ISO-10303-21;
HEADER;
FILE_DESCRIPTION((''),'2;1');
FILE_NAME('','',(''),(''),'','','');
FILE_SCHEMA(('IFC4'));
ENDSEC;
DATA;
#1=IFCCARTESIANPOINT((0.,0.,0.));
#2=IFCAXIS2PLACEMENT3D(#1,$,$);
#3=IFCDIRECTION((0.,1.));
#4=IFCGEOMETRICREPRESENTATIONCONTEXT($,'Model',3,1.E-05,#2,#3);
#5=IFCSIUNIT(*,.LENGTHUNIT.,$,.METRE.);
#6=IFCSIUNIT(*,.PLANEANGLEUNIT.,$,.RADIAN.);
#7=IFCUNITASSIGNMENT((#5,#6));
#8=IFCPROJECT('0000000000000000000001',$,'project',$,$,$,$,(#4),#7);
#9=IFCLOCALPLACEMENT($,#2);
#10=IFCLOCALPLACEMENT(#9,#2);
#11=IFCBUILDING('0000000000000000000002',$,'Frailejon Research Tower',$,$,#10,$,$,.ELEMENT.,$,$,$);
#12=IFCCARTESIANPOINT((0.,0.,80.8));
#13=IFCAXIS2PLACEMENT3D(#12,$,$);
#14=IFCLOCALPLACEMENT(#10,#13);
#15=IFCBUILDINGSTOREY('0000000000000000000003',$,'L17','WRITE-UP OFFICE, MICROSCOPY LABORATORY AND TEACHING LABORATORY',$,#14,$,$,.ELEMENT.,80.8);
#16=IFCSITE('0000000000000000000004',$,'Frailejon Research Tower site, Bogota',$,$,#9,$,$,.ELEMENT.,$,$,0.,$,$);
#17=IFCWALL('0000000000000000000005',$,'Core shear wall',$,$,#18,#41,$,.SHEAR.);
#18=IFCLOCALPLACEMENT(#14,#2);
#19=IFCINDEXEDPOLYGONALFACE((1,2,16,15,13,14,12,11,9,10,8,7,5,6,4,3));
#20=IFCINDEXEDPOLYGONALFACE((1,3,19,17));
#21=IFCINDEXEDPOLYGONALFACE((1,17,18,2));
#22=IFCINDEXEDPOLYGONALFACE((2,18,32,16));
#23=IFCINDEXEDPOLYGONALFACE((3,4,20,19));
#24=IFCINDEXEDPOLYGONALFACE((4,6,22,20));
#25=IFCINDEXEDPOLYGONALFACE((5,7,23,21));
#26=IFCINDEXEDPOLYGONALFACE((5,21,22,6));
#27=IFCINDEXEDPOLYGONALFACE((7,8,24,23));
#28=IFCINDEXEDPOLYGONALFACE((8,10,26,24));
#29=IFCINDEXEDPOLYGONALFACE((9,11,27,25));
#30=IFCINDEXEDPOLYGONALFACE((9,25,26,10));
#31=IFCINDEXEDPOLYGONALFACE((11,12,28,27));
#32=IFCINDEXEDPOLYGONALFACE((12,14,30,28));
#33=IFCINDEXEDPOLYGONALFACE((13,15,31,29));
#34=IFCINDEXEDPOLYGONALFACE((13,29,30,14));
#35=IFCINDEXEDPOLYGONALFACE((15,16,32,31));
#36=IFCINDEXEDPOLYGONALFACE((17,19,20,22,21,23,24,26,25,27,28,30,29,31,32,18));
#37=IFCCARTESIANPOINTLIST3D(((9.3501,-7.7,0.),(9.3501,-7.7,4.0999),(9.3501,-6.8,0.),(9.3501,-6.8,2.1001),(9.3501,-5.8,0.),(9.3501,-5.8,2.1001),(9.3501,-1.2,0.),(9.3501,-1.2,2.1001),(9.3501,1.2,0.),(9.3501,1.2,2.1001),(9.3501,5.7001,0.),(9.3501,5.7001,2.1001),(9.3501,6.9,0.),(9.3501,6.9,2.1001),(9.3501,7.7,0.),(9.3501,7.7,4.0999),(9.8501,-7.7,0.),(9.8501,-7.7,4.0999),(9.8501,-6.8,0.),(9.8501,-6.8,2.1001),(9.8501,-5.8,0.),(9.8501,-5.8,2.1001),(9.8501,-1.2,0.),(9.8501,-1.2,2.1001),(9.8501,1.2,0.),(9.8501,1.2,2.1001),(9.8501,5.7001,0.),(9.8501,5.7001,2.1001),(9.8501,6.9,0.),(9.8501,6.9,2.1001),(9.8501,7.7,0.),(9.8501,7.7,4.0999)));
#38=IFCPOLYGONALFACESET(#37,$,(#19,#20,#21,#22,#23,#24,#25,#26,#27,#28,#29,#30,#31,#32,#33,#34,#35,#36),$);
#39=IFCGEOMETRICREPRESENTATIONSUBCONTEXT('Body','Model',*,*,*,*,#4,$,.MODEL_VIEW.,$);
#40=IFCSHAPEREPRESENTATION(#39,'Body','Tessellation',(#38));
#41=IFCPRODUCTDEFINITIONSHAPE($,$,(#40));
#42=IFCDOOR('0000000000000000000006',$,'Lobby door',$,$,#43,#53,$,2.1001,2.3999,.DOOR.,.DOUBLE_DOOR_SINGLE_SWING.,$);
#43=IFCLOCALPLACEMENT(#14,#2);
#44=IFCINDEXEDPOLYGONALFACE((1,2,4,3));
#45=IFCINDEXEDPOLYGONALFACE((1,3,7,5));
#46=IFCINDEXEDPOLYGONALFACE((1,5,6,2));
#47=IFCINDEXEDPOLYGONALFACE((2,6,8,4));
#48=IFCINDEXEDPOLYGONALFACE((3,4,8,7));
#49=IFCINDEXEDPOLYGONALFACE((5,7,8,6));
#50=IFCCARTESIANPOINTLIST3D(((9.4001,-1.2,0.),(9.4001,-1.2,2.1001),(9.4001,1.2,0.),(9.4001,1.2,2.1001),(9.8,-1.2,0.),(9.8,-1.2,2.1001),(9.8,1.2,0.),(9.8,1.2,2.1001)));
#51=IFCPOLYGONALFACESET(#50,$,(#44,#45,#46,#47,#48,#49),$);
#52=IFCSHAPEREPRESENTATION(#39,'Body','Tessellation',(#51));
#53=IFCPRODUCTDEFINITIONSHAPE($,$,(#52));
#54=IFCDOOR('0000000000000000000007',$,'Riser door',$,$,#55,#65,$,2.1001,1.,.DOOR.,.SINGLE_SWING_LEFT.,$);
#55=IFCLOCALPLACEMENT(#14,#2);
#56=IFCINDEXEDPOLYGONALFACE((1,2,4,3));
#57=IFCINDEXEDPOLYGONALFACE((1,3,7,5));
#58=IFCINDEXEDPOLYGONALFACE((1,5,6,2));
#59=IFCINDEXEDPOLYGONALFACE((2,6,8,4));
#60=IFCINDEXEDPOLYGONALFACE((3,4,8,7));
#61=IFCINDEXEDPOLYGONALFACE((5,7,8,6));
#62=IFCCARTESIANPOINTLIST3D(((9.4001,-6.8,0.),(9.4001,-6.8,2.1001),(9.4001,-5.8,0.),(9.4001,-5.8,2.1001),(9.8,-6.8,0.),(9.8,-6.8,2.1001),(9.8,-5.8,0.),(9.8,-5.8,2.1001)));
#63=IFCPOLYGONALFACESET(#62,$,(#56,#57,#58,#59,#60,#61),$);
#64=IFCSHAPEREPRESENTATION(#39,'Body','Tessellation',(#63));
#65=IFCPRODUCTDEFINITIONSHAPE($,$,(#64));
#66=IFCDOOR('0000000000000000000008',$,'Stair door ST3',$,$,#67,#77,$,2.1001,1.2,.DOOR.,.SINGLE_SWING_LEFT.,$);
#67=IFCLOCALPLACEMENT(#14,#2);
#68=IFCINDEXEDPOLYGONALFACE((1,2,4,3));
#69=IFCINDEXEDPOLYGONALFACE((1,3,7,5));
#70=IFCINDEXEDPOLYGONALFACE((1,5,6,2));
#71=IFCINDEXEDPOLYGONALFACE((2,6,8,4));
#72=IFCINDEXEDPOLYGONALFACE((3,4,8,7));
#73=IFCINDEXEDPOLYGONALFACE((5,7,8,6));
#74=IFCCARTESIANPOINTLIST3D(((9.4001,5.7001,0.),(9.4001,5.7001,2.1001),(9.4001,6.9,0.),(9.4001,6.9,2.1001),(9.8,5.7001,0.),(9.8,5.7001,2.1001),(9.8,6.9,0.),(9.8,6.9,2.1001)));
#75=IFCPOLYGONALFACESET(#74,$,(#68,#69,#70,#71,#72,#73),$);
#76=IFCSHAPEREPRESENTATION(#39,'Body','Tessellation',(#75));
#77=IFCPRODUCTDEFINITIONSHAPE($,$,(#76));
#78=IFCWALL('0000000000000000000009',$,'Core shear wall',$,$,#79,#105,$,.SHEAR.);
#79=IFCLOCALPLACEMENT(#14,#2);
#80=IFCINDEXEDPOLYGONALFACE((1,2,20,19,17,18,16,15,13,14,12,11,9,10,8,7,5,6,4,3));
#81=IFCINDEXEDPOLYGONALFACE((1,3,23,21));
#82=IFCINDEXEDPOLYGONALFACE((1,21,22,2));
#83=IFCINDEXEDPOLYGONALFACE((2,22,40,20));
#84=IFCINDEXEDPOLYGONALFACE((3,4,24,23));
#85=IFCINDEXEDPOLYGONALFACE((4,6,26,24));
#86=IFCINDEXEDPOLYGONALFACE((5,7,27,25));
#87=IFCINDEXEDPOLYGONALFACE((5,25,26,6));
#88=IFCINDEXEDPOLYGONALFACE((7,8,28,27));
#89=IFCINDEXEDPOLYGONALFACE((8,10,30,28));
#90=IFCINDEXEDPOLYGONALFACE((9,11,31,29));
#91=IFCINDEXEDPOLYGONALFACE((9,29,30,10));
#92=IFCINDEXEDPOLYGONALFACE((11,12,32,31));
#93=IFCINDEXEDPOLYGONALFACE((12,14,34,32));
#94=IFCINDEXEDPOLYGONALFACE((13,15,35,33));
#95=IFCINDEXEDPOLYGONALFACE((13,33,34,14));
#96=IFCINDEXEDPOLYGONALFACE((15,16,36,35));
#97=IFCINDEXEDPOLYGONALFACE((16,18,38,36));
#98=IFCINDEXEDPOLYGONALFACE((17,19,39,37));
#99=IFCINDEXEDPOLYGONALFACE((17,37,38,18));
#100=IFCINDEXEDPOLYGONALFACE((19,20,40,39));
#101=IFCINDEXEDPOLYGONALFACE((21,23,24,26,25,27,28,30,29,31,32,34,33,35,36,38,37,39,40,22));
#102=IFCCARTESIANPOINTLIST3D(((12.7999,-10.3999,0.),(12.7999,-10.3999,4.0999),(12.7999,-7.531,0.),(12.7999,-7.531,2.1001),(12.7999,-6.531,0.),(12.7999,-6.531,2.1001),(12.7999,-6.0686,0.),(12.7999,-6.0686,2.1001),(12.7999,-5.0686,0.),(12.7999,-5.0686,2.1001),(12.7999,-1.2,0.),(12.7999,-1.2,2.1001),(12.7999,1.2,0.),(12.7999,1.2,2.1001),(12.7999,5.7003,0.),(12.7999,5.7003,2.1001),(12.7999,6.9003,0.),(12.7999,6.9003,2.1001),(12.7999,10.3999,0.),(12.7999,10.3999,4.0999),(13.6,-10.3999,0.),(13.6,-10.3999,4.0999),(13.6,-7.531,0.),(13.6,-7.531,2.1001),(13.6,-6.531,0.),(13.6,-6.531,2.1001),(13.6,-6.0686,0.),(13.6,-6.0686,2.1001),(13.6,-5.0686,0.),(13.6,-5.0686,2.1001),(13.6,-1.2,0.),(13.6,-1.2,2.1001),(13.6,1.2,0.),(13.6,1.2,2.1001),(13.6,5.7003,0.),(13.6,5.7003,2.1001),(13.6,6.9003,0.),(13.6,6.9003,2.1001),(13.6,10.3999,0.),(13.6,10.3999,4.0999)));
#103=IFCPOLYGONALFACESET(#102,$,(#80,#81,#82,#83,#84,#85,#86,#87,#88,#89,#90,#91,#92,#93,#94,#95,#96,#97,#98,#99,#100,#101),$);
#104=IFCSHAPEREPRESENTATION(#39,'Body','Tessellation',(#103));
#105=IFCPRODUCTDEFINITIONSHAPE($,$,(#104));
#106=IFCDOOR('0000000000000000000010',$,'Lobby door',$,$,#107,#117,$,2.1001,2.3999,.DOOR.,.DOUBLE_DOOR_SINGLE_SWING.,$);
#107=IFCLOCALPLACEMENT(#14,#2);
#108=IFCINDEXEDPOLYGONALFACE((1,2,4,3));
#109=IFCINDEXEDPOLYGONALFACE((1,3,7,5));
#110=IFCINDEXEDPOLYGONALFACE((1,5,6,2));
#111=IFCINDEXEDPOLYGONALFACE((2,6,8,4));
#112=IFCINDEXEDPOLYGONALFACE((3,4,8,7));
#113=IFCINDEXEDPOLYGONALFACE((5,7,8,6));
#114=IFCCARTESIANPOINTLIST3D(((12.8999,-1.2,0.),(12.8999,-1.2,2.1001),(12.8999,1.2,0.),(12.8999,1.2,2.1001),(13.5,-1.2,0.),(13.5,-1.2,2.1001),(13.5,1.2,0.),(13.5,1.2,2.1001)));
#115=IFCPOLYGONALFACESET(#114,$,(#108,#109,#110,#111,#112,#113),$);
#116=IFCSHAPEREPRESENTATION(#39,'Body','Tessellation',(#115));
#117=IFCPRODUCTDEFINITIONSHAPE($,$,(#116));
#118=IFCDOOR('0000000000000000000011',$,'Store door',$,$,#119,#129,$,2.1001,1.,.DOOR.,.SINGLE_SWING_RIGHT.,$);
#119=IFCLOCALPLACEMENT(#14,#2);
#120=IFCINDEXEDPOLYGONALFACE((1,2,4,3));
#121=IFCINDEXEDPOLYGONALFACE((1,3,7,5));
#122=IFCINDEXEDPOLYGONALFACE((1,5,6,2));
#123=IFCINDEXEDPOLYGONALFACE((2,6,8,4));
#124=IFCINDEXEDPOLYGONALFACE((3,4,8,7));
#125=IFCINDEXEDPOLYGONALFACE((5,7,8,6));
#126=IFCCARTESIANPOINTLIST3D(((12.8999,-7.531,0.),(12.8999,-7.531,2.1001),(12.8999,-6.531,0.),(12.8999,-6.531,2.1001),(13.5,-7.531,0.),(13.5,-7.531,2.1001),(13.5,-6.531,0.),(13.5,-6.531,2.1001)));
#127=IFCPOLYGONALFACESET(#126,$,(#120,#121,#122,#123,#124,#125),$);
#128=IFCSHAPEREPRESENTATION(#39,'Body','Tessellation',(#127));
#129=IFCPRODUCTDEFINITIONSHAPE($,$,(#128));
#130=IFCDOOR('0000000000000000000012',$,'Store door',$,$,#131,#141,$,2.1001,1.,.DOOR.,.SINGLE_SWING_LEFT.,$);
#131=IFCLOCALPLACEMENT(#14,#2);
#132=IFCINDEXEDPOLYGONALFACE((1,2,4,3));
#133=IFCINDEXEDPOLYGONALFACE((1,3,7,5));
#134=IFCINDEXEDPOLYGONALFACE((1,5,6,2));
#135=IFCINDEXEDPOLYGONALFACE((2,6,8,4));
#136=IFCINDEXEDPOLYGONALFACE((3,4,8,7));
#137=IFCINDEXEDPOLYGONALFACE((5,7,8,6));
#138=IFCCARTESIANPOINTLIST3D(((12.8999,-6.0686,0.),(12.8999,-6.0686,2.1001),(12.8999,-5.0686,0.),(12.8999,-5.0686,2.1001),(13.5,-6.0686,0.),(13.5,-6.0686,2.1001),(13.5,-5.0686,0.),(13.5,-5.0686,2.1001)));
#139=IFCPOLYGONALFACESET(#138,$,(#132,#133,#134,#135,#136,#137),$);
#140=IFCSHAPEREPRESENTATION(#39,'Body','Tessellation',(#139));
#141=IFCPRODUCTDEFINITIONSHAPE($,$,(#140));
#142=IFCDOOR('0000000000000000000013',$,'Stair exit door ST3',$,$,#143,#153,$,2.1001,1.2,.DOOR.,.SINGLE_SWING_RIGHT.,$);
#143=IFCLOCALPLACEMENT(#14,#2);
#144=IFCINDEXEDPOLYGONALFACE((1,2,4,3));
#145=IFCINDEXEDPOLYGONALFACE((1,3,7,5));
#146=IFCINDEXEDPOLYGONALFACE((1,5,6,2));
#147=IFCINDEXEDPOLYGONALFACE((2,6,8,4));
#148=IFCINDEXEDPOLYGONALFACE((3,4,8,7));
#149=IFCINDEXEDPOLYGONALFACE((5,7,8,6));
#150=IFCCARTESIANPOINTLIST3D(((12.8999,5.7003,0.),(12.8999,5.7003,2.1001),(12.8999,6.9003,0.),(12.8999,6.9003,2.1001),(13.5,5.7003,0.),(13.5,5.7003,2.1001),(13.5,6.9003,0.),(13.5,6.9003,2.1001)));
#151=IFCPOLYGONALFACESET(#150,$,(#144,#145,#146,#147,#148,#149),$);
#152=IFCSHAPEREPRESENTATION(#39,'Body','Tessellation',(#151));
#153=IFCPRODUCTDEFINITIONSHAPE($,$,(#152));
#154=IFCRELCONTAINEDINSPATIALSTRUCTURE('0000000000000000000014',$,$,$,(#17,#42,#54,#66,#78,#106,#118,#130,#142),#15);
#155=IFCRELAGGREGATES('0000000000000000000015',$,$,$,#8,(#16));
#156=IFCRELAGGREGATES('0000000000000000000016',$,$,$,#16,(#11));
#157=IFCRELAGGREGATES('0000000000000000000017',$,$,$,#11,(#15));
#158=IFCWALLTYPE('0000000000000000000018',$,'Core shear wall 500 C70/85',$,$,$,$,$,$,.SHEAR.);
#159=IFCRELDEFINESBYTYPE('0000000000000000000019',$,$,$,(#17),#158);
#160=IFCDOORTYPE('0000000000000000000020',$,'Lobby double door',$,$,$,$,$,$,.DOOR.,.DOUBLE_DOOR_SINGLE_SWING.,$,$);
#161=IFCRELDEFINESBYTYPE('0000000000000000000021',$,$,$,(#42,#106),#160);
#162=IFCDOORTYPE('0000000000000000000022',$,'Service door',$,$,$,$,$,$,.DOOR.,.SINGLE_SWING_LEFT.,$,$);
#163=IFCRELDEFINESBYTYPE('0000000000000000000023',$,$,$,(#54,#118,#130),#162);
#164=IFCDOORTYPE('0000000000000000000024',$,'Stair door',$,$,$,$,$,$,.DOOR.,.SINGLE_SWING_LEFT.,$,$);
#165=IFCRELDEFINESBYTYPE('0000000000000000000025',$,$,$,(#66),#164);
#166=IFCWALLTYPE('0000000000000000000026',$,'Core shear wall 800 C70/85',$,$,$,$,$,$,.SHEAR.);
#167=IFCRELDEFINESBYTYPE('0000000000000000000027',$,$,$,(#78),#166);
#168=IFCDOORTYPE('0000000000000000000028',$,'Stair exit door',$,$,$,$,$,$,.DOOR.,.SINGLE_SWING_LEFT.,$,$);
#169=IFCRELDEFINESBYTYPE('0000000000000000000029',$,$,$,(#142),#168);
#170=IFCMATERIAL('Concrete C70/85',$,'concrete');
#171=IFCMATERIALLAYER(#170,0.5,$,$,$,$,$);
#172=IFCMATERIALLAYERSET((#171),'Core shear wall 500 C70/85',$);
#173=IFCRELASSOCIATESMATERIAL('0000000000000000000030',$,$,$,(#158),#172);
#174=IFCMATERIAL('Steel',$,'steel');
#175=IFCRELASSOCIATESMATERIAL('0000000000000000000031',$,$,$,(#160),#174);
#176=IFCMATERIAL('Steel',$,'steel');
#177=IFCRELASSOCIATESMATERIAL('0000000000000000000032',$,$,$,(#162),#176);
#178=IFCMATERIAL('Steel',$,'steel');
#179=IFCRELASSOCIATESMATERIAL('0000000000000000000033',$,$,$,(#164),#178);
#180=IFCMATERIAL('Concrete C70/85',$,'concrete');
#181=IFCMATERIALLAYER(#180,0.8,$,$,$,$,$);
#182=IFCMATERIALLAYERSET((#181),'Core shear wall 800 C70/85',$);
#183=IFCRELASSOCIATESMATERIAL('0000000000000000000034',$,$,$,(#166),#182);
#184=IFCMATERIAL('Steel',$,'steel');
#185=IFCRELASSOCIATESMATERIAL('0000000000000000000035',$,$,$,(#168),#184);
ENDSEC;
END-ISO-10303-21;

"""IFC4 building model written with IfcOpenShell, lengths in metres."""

from ifc_helpers import new_model, si_unit, direction, frame, frame_2d, origin, place, context, subcontext, project, spatial, rectangle, extrude, material, layer, layer_set, type_object, element, fill, save


model = new_model("IFC4")

# Units and contexts
model_context = context("Model", 3, precision=1e-05, world=origin(), true_north=direction((0.0, 1.0)))
body_context = subcontext(model_context, "Body", "Model", "MODEL_VIEW")
ifc_project = project(units=[si_unit("LENGTHUNIT", "METRE"), si_unit("PLANEANGLEUNIT", "RADIAN")], contexts=[model_context])

# Site, building, storey
site_placement = place(None, origin())
site = spatial("IfcSite", under=ifc_project, at=site_placement, Name="Frailejon Research Tower site, Bogota", CompositionType="ELEMENT", RefElevation=0.0)
building_placement = place(site_placement, origin())
building = spatial("IfcBuilding", under=site, at=building_placement, Name="Frailejon Research Tower", CompositionType="ELEMENT")
storey_placement = place(building_placement, frame((0.0, 0.0, 80.8)))
storey = spatial("IfcBuildingStorey", under=building, at=storey_placement, Name="L17", Description="WRITE-UP OFFICE, MICROSCOPY LABORATORY AND TEACHING LABORATORY", CompositionType="ELEMENT", Elevation=80.8)

# Walls, openings, doors
ifc_material_1 = material(Name="Concrete C70/85", Category="concrete")
ifc_layer_1 = layer(ifc_material_1, 0.5)
ifc_layer_set_1 = layer_set([ifc_layer_1], Name="Core shear wall 500 C70/85")
wall_type_1 = type_object("IfcWallType", Name="Core shear wall 500 C70/85", PredefinedType="SHEAR", material=ifc_layer_set_1)
wall_1_placement = place(storey_placement, frame((9.6001, -7.7, 0.0), z_axis=(0.0, 0.0, 1.0), x_axis=(0.0, 1.0, 0.0)))
wall_1 = element("IfcWall", 1, at=wall_1_placement, inside=storey, type_object=wall_type_1, Name="Core shear wall", PredefinedType="SHEAR", context=body_context, shape_type="SweptSolid", body=[
    extrude(rectangle(XDim=15.3999, YDim=0.5, at=frame_2d((7.7, 0.0))), origin(), (0.0, 0.0, 1.0), 4.0999),
])
opening_1_placement = place(wall_1_placement, frame((6.5, 0.0, 0.0)))
opening_1 = element("IfcOpeningElement", 2, at=opening_1_placement, cuts=wall_1, PredefinedType="OPENING", context=body_context, shape_type="SweptSolid", body=[
    extrude(rectangle(XDim=2.3999, YDim=2.1001, at=frame_2d((1.2, 1.05))), frame((0.0, 0.26, 0.0), z_axis=(0.0, -1.0, 0.0), x_axis=(1.0, 0.0, 0.0)), (0.0, 0.0, 1.0), 0.52),
])
opening_2_placement = place(wall_1_placement, frame((13.3999, 0.0, 0.0)))
opening_2 = element("IfcOpeningElement", 3, at=opening_2_placement, cuts=wall_1, PredefinedType="OPENING", context=body_context, shape_type="SweptSolid", body=[
    extrude(rectangle(XDim=1.2, YDim=2.1001, at=frame_2d((0.6001, 1.05))), frame((0.0, 0.26, 0.0), z_axis=(0.0, -1.0, 0.0), x_axis=(1.0, 0.0, 0.0)), (0.0, 0.0, 1.0), 0.52),
])
opening_3_placement = place(wall_1_placement, frame((0.8999, 0.0, 0.0)))
opening_3 = element("IfcOpeningElement", 4, at=opening_3_placement, cuts=wall_1, PredefinedType="OPENING", context=body_context, shape_type="SweptSolid", body=[
    extrude(rectangle(XDim=1.0, YDim=2.1001, at=frame_2d((0.5, 1.05))), frame((0.0, 0.26, 0.0), z_axis=(0.0, -1.0, 0.0), x_axis=(1.0, 0.0, 0.0)), (0.0, 0.0, 1.0), 0.52),
])
ifc_material_2 = material(Name="Steel", Category="steel")
door_type_1 = type_object("IfcDoorType", Name="Lobby double door", OperationType="DOUBLE_DOOR_SINGLE_SWING", PredefinedType="DOOR", material=ifc_material_2)
door_1_placement = place(opening_1_placement, origin())
door_1 = element("IfcDoor", 5, at=door_1_placement, inside=storey, type_object=door_type_1, Name="Lobby door", OperationType="DOUBLE_DOOR_SINGLE_SWING", OverallHeight=2.1001, OverallWidth=2.3999, PredefinedType="DOOR", context=body_context, shape_type="SweptSolid", body=[
    extrude(rectangle(XDim=2.3999, YDim=2.1001, at=frame_2d((1.2, 1.05))), frame((0.0, 0.2, 0.0), z_axis=(0.0, -1.0, 0.0), x_axis=(1.0, 0.0, 0.0)), (0.0, 0.0, 1.0), 0.3999),
])
fill(opening_1, door_1)
ifc_material_3 = material(Name="Steel", Category="steel")
door_type_2 = type_object("IfcDoorType", Name="Service door", OperationType="SINGLE_SWING_LEFT", PredefinedType="DOOR", material=ifc_material_3)
door_2_placement = place(opening_3_placement, origin())
door_2 = element("IfcDoor", 6, at=door_2_placement, inside=storey, type_object=door_type_2, Name="Riser door", OperationType="SINGLE_SWING_LEFT", OverallHeight=2.1001, OverallWidth=1.0, PredefinedType="DOOR", context=body_context, shape_type="SweptSolid", body=[
    extrude(rectangle(XDim=1.0, YDim=2.1001, at=frame_2d((0.5, 1.05))), frame((0.0, 0.2, 0.0), z_axis=(0.0, -1.0, 0.0), x_axis=(1.0, 0.0, 0.0)), (0.0, 0.0, 1.0), 0.3999),
])
fill(opening_3, door_2)
ifc_material_4 = material(Name="Steel", Category="steel")
door_type_3 = type_object("IfcDoorType", Name="Stair door", OperationType="SINGLE_SWING_LEFT", PredefinedType="DOOR", material=ifc_material_4)
door_3_placement = place(opening_2_placement, origin())
door_3 = element("IfcDoor", 7, at=door_3_placement, inside=storey, type_object=door_type_3, Name="Stair door ST3", OperationType="SINGLE_SWING_LEFT", OverallHeight=2.1001, OverallWidth=1.2, PredefinedType="DOOR", context=body_context, shape_type="SweptSolid", body=[
    extrude(rectangle(XDim=1.2, YDim=2.1001, at=frame_2d((0.6001, 1.05))), frame((0.0, 0.2, 0.0), z_axis=(0.0, -1.0, 0.0), x_axis=(1.0, 0.0, 0.0)), (0.0, 0.0, 1.0), 0.3999),
])
fill(opening_2, door_3)
ifc_material_5 = material(Name="Concrete C70/85", Category="concrete")
ifc_layer_2 = layer(ifc_material_5, 0.8)
ifc_layer_set_2 = layer_set([ifc_layer_2], Name="Core shear wall 800 C70/85")
wall_type_2 = type_object("IfcWallType", Name="Core shear wall 800 C70/85", PredefinedType="SHEAR", material=ifc_layer_set_2)
wall_2_placement = place(storey_placement, frame((13.2, -10.3999, 0.0), z_axis=(0.0, 0.0, 1.0), x_axis=(0.0, 1.0, 0.0)))
wall_2 = element("IfcWall", 8, at=wall_2_placement, inside=storey, type_object=wall_type_2, Name="Core shear wall", PredefinedType="SHEAR", context=body_context, shape_type="SweptSolid", body=[
    extrude(rectangle(XDim=20.7998, YDim=0.8, at=frame_2d((10.3999, 0.0))), origin(), (0.0, 0.0, 1.0), 4.0999),
])
opening_4_placement = place(wall_2_placement, frame((9.2, 0.0, 0.0)))
opening_4 = element("IfcOpeningElement", 9, at=opening_4_placement, cuts=wall_2, PredefinedType="OPENING", context=body_context, shape_type="SweptSolid", body=[
    extrude(rectangle(XDim=2.3999, YDim=2.1001, at=frame_2d((1.2, 1.05))), frame((0.0, 0.4099, 0.0), z_axis=(0.0, -1.0, 0.0), x_axis=(1.0, 0.0, 0.0)), (0.0, 0.0, 1.0), 0.8201),
])
opening_5_placement = place(wall_2_placement, frame((16.1001, 0.0, 0.0)))
opening_5 = element("IfcOpeningElement", 10, at=opening_5_placement, cuts=wall_2, PredefinedType="OPENING", context=body_context, shape_type="SweptSolid", body=[
    extrude(rectangle(XDim=1.2, YDim=2.1001, at=frame_2d((0.6001, 1.05))), frame((0.0, 0.4099, 0.0), z_axis=(0.0, -1.0, 0.0), x_axis=(1.0, 0.0, 0.0)), (0.0, 0.0, 1.0), 0.8201),
])
opening_6_placement = place(wall_2_placement, frame((2.8689, 0.0, 0.0)))
opening_6 = element("IfcOpeningElement", 11, at=opening_6_placement, cuts=wall_2, PredefinedType="OPENING", context=body_context, shape_type="SweptSolid", body=[
    extrude(rectangle(XDim=1.0, YDim=2.1001, at=frame_2d((0.5, 1.05))), frame((0.0, 0.4099, 0.0), z_axis=(0.0, -1.0, 0.0), x_axis=(1.0, 0.0, 0.0)), (0.0, 0.0, 1.0), 0.8201),
])
opening_7_placement = place(wall_2_placement, frame((4.3313, 0.0, 0.0)))
opening_7 = element("IfcOpeningElement", 12, at=opening_7_placement, cuts=wall_2, PredefinedType="OPENING", context=body_context, shape_type="SweptSolid", body=[
    extrude(rectangle(XDim=1.0, YDim=2.1001, at=frame_2d((0.5, 1.05))), frame((0.0, 0.4099, 0.0), z_axis=(0.0, -1.0, 0.0), x_axis=(1.0, 0.0, 0.0)), (0.0, 0.0, 1.0), 0.8201),
])
door_4_placement = place(opening_4_placement, origin())
door_4 = element("IfcDoor", 13, at=door_4_placement, inside=storey, type_object=door_type_1, Name="Lobby door", OperationType="DOUBLE_DOOR_SINGLE_SWING", OverallHeight=2.1001, OverallWidth=2.3999, PredefinedType="DOOR", context=body_context, shape_type="SweptSolid", body=[
    extrude(rectangle(XDim=2.3999, YDim=2.1001, at=frame_2d((1.2, 1.05))), frame((0.0, 0.3, 0.0), z_axis=(0.0, -1.0, 0.0), x_axis=(1.0, 0.0, 0.0)), (0.0, 0.0, 1.0), 0.6001),
])
fill(opening_4, door_4)
door_5_placement = place(opening_6_placement, origin())
door_5 = element("IfcDoor", 14, at=door_5_placement, inside=storey, type_object=door_type_2, Name="Store door", OperationType="SINGLE_SWING_RIGHT", OverallHeight=2.1001, OverallWidth=1.0, PredefinedType="DOOR", context=body_context, shape_type="SweptSolid", body=[
    extrude(rectangle(XDim=1.0, YDim=2.1001, at=frame_2d((0.5, 1.05))), frame((0.0, 0.3, 0.0), z_axis=(0.0, -1.0, 0.0), x_axis=(1.0, 0.0, 0.0)), (0.0, 0.0, 1.0), 0.6001),
])
fill(opening_6, door_5)
door_6_placement = place(opening_7_placement, origin())
door_6 = element("IfcDoor", 15, at=door_6_placement, inside=storey, type_object=door_type_2, Name="Store door", OperationType="SINGLE_SWING_LEFT", OverallHeight=2.1001, OverallWidth=1.0, PredefinedType="DOOR", context=body_context, shape_type="SweptSolid", body=[
    extrude(rectangle(XDim=1.0, YDim=2.1001, at=frame_2d((0.5, 1.05))), frame((0.0, 0.3, 0.0), z_axis=(0.0, -1.0, 0.0), x_axis=(1.0, 0.0, 0.0)), (0.0, 0.0, 1.0), 0.6001),
])
fill(opening_7, door_6)
ifc_material_6 = material(Name="Steel", Category="steel")
door_type_4 = type_object("IfcDoorType", Name="Stair exit door", OperationType="SINGLE_SWING_LEFT", PredefinedType="DOOR", material=ifc_material_6)
door_7_placement = place(opening_5_placement, origin())
door_7 = element("IfcDoor", 16, at=door_7_placement, inside=storey, type_object=door_type_4, Name="Stair exit door ST3", OperationType="SINGLE_SWING_RIGHT", OverallHeight=2.1001, OverallWidth=1.2, PredefinedType="DOOR", context=body_context, shape_type="SweptSolid", body=[
    extrude(rectangle(XDim=1.2, YDim=2.1001, at=frame_2d((0.6001, 1.05))), frame((0.0, 0.3, 0.0), z_axis=(0.0, -1.0, 0.0), x_axis=(1.0, 0.0, 0.0)), (0.0, 0.0, 1.0), 0.6001),
])
fill(opening_5, door_7)

save(model, "model.ifc")
